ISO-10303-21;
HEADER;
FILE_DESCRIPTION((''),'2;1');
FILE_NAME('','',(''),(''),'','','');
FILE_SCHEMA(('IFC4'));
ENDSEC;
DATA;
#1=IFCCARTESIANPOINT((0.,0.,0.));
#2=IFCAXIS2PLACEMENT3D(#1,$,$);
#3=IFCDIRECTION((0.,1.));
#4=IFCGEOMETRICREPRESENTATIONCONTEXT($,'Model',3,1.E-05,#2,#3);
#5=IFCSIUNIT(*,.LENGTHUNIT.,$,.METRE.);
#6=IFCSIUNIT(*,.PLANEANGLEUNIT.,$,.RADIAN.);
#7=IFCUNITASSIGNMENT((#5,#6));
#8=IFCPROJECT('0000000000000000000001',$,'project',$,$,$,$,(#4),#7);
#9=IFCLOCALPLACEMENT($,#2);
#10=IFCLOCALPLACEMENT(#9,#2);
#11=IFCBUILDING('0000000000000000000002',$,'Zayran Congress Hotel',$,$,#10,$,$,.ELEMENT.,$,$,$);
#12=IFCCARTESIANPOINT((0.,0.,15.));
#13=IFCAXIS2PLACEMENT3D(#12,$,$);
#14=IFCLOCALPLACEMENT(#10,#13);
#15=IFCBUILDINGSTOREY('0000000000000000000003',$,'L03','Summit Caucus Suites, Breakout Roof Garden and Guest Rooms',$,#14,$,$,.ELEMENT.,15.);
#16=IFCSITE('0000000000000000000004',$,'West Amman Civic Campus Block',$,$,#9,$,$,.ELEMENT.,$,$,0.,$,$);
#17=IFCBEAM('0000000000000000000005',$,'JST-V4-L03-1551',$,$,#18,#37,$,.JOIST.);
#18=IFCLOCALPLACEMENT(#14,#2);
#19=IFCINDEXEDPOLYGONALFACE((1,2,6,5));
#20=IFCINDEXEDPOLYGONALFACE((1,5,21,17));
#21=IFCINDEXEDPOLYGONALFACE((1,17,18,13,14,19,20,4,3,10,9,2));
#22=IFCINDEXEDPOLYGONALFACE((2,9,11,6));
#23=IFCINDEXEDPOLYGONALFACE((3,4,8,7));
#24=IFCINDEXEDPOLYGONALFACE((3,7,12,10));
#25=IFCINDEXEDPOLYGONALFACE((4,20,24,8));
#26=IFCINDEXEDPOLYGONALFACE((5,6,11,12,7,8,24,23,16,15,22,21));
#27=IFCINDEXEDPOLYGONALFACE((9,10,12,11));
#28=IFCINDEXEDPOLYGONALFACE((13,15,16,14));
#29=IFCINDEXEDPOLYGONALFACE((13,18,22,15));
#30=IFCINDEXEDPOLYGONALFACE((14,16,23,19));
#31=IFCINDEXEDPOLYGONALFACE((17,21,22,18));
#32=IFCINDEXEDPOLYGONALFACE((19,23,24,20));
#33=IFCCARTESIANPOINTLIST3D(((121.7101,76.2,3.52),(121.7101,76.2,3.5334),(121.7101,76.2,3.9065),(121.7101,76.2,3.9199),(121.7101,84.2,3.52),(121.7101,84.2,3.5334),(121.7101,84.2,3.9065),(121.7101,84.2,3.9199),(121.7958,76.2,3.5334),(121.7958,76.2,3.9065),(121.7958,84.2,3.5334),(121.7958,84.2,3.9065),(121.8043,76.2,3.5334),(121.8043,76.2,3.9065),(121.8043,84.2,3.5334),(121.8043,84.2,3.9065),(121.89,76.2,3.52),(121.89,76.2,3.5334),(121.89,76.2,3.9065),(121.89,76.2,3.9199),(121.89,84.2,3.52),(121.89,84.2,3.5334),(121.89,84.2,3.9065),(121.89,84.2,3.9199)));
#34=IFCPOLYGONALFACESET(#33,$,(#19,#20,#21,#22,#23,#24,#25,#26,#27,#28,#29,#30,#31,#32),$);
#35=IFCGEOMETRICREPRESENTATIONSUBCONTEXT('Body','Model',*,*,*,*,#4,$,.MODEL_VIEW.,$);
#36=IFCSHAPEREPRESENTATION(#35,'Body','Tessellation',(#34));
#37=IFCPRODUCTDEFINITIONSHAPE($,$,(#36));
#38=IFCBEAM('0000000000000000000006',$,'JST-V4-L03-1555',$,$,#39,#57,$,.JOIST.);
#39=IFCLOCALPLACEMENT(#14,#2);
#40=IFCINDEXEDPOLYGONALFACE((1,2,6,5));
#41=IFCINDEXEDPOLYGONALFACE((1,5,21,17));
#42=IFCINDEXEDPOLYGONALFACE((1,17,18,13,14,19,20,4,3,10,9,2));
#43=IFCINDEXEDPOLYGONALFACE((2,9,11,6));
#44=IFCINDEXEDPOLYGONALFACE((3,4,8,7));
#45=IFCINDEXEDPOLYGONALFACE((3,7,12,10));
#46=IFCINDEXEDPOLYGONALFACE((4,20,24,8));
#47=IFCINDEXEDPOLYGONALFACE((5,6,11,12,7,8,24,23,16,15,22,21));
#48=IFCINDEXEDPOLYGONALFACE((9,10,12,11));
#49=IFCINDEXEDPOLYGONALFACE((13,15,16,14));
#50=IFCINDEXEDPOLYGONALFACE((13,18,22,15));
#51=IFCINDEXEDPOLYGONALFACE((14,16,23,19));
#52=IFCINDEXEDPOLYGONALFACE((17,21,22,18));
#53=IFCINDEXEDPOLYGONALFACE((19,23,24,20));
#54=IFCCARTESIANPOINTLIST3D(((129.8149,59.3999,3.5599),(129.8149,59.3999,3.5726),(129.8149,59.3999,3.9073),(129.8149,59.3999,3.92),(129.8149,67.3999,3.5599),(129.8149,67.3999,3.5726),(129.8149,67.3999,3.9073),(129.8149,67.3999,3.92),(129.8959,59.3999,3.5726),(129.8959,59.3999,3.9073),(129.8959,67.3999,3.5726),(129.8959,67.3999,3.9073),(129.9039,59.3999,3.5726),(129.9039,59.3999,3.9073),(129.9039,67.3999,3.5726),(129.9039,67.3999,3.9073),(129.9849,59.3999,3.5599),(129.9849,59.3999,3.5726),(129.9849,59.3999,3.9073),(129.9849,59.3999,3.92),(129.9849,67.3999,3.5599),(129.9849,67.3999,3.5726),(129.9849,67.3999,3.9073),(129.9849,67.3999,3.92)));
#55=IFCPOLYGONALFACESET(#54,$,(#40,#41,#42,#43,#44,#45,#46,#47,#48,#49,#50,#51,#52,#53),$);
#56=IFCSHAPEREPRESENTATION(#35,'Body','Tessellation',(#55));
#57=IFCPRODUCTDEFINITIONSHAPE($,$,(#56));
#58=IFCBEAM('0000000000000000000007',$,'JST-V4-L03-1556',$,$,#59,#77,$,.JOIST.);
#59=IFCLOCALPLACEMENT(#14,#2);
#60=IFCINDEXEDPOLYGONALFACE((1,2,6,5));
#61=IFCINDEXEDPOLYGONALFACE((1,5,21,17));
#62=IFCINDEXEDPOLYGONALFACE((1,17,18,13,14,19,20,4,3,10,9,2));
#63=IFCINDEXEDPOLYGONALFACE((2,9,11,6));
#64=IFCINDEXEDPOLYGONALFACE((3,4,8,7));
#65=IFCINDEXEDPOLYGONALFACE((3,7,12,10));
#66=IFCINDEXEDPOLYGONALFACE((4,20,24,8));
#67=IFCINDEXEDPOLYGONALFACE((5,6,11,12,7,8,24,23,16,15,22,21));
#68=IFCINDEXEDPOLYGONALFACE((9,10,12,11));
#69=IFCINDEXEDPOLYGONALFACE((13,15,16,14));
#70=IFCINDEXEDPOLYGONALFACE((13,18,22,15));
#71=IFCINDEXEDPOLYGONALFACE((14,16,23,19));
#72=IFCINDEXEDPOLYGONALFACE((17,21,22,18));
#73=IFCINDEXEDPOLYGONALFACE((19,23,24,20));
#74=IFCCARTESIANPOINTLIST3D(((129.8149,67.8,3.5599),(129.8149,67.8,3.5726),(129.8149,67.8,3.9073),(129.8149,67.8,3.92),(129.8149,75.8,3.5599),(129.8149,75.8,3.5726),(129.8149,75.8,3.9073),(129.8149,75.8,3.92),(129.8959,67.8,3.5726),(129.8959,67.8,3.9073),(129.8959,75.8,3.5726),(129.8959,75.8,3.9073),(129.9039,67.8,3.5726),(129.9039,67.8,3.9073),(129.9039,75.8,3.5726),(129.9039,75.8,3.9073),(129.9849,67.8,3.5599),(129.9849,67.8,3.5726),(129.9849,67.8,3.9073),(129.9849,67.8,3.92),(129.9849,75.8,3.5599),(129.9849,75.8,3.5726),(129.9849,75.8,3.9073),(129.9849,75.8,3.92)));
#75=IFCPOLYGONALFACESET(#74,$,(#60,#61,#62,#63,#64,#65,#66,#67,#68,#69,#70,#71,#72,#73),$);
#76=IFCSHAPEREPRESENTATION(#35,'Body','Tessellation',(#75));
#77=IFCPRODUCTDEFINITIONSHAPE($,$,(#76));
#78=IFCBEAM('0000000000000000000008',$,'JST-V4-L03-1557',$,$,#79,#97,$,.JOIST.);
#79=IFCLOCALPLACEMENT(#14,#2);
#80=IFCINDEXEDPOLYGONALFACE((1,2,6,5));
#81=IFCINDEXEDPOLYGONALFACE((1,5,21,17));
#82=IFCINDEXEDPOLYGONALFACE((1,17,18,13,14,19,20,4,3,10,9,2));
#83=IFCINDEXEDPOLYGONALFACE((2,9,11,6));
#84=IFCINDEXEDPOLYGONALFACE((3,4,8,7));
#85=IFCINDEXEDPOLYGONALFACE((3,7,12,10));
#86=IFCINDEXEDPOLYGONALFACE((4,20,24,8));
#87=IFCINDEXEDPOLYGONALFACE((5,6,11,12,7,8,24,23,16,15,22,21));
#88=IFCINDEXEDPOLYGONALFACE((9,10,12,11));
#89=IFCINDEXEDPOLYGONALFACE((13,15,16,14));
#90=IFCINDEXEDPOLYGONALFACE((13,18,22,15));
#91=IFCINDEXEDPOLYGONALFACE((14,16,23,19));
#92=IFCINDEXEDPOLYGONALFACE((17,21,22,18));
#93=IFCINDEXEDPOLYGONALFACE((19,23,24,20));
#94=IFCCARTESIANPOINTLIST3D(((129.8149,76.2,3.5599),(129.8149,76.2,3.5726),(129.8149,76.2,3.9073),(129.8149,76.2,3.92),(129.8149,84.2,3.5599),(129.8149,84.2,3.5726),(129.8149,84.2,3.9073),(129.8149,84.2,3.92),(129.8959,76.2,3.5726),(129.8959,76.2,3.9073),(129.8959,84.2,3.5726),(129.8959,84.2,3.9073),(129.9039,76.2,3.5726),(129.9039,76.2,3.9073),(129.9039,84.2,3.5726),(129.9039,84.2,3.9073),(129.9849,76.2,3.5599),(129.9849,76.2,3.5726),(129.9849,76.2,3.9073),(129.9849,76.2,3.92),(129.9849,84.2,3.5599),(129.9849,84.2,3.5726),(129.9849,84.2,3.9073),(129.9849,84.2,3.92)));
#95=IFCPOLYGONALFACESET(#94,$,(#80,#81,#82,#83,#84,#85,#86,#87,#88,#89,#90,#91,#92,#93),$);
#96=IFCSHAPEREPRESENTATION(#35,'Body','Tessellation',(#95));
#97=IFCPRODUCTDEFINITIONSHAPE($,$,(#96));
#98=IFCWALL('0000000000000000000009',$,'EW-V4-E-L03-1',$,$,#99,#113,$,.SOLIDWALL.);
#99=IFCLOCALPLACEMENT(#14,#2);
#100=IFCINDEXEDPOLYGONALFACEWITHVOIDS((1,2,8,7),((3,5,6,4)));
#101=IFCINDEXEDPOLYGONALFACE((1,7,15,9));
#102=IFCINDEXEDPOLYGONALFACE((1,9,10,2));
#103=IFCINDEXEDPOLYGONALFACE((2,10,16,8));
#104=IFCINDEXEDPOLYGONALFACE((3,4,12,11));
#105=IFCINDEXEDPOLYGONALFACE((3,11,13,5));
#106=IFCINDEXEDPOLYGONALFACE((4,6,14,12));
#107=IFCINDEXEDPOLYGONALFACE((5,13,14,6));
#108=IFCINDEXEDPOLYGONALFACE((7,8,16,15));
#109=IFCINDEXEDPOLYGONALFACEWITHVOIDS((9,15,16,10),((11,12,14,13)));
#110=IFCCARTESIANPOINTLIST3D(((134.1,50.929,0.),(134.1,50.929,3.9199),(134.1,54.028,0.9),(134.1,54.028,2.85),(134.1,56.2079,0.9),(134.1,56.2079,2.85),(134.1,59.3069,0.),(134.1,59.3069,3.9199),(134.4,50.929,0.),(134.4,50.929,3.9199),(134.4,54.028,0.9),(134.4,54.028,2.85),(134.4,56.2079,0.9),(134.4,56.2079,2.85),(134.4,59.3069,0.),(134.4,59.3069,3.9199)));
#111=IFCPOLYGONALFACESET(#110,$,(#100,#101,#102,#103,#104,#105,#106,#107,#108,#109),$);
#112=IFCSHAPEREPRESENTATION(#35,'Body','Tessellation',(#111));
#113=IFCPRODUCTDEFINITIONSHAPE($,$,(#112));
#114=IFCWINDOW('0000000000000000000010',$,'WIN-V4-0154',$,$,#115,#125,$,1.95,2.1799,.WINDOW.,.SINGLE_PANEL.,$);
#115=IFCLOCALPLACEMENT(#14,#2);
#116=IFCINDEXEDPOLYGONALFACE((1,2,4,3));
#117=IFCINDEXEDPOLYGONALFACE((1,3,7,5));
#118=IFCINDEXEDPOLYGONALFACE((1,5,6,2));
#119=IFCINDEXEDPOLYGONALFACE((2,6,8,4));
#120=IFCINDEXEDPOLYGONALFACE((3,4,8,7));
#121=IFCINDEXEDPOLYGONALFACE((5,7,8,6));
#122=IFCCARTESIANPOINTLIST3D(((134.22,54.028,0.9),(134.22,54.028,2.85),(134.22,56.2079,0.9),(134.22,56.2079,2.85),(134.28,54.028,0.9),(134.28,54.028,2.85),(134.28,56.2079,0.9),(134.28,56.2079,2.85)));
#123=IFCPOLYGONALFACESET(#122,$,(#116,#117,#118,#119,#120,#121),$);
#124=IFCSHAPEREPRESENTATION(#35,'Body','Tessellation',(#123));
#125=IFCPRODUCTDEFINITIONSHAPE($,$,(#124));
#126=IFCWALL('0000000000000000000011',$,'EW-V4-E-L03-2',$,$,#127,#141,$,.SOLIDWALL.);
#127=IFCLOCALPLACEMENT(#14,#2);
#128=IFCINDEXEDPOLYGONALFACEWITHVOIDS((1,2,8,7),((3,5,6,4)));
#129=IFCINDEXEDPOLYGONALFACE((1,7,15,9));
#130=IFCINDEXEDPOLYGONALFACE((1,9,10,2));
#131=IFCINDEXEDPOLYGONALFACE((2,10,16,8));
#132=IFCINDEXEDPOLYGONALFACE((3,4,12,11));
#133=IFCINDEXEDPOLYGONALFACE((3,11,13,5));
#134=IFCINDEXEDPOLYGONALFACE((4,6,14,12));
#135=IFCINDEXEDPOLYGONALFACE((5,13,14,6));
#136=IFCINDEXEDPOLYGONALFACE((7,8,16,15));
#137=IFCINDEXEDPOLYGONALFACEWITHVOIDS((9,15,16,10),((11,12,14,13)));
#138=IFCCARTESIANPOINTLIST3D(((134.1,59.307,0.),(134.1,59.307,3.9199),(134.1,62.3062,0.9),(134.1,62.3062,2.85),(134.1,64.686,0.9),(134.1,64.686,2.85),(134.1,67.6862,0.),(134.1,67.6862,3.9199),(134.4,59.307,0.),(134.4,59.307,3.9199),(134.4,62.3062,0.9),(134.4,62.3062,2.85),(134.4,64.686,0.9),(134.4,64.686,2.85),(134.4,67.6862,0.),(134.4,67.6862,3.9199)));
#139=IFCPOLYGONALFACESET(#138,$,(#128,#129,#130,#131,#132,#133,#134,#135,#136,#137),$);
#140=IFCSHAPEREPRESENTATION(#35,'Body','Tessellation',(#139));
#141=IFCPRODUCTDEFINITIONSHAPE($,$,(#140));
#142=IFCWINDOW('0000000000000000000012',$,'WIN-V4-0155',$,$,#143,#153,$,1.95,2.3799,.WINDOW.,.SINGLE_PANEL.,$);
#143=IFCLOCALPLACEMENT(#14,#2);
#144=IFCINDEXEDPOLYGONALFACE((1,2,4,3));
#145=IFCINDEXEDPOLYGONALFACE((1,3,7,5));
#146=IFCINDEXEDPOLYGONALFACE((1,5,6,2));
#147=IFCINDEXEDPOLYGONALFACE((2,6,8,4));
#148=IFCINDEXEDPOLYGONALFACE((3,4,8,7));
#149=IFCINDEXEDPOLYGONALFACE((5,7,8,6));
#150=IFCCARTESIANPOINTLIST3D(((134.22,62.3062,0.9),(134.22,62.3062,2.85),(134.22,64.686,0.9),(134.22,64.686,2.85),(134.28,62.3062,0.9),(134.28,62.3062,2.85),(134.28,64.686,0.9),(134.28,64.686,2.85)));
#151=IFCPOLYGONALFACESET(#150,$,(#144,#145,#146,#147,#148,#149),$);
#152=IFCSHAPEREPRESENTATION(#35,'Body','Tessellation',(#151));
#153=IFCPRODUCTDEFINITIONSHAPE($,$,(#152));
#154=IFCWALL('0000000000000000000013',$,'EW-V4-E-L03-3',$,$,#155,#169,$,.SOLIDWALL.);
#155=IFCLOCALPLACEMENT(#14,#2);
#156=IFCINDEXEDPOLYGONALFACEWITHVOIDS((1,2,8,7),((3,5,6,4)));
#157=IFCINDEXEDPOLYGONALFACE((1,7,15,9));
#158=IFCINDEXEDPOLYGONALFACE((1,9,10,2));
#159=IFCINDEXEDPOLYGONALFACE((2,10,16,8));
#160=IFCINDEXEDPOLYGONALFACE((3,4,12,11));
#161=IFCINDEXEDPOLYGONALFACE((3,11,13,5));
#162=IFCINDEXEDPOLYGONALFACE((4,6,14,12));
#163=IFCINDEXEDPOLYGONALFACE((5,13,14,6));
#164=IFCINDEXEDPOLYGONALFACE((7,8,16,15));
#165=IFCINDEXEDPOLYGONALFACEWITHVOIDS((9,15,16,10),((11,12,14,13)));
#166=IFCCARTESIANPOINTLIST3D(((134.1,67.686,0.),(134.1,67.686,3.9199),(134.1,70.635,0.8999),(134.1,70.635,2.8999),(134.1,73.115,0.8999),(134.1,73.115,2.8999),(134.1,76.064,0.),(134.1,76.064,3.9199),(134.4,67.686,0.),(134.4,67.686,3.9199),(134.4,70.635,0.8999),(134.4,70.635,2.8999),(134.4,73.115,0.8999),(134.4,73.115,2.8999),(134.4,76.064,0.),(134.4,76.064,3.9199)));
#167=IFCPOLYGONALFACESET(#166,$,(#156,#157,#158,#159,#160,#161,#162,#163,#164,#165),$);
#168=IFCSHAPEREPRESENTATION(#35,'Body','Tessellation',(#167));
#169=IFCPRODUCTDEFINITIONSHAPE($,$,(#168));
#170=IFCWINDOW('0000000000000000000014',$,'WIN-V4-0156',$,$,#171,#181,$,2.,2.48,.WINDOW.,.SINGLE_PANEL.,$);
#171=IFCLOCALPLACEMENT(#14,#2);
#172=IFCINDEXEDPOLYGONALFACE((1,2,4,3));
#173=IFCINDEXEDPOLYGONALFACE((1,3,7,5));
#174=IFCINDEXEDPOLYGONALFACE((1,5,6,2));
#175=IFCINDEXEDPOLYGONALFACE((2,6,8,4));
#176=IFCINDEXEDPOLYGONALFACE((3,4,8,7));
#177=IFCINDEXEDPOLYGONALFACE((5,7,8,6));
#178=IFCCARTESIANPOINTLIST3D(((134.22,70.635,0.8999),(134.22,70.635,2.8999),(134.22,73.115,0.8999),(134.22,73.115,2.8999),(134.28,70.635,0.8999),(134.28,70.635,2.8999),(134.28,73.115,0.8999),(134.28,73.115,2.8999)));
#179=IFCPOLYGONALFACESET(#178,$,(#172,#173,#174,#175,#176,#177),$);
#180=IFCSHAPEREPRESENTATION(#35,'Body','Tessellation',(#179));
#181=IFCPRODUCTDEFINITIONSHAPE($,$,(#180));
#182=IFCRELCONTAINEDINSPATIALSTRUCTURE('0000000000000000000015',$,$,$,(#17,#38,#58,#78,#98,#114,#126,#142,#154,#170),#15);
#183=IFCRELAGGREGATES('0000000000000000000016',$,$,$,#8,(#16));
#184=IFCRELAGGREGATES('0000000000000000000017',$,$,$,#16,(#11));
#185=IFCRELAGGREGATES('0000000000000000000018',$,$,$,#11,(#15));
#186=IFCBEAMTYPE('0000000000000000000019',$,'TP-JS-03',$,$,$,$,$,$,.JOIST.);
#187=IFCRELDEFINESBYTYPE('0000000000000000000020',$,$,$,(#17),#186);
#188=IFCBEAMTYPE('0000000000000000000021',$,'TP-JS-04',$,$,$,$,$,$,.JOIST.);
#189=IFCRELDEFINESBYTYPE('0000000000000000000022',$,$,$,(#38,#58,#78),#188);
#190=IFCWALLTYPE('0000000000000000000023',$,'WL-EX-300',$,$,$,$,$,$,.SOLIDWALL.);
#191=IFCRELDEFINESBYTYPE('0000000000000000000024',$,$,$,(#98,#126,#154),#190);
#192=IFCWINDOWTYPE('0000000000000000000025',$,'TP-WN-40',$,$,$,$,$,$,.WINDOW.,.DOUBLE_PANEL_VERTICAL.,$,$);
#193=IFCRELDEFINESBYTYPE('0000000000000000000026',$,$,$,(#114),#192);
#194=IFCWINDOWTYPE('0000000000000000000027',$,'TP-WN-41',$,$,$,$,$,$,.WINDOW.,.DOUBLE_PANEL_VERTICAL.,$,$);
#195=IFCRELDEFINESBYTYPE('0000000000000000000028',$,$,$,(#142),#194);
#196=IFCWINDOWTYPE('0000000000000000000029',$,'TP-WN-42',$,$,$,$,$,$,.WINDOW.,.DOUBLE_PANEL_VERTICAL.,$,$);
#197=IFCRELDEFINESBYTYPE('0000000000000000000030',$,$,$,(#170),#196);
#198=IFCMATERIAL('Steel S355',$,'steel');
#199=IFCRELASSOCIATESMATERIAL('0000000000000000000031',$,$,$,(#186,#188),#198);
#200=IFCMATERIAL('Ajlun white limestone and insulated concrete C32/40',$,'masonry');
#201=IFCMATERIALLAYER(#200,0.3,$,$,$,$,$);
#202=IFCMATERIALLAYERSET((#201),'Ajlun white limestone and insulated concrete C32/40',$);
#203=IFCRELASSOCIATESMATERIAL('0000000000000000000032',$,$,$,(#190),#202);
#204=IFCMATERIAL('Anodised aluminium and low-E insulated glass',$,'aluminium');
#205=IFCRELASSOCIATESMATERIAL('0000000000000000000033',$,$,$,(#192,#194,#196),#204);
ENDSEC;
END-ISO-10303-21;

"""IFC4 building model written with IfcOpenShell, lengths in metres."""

from ifc_helpers import new_model, si_unit, direction, frame, frame_2d, origin, origin_2d, place, context, subcontext, project, spatial, rectangle, i_section, extrude, material, layer, layer_set, material_profile, profile_set, type_object, element, fill, save


model = new_model("IFC4")

# Units and contexts
model_context = context("Model", 3, precision=1e-05, world=origin(), true_north=direction((0.0, 1.0)))
body_context = subcontext(model_context, "Body", "Model", "MODEL_VIEW")
ifc_project = project(units=[si_unit("LENGTHUNIT", "METRE"), si_unit("PLANEANGLEUNIT", "RADIAN")], contexts=[model_context])

# Site, building, storey
site_placement = place(None, origin())
site = spatial("IfcSite", under=ifc_project, at=site_placement, Name="West Amman Civic Campus Block", CompositionType="ELEMENT", RefElevation=0.0)
building_placement = place(site_placement, origin())
building = spatial("IfcBuilding", under=site, at=building_placement, Name="Zayran Congress Hotel", CompositionType="ELEMENT")
storey_placement = place(building_placement, frame((0.0, 0.0, 15.0)))
storey = spatial("IfcBuildingStorey", under=building, at=storey_placement, Name="L03", Description="Summit Caucus Suites, Breakout Roof Garden and Guest Rooms", CompositionType="ELEMENT", Elevation=15.0)

# Beams
ifc_material_1 = material(Name="Steel S355", Category="steel")
ifc_material_profile_1 = material_profile(ifc_material_1, i_section(OverallWidth=0.1799, OverallDepth=0.3999, WebThickness=0.0085, FlangeThickness=0.0134, at=origin_2d()), Name="IPE 400")
ifc_profile_set_1 = profile_set([ifc_material_profile_1], Name="Steel S355")
beam_type_1 = type_object("IfcBeamType", Name="TP-JS-03", PredefinedType="JOIST", material=ifc_profile_set_1)
for number, where, z_axis, x_axis, name in (
    (1, (121.8, 76.2, 3.72), (0.0, 1.0, 0.0), (-1.0, 0.0, 0.0), "JST-V4-L03-1551"),
):
    element("IfcBeam", number, at=place(storey_placement, frame(where, z_axis=z_axis, x_axis=x_axis)), inside=storey, type_object=beam_type_1, Name=name, PredefinedType="JOIST", context=body_context, shape_type="SweptSolid", body=[
        extrude(i_section(OverallWidth=0.1799, OverallDepth=0.3999, WebThickness=0.0085, FlangeThickness=0.0134, at=origin_2d()), origin(), (0.0, 0.0, 1.0), 8.0),
    ])
ifc_material_profile_2 = material_profile(ifc_material_1, i_section(OverallWidth=0.1699, OverallDepth=0.3601, WebThickness=0.0081, FlangeThickness=0.0127, at=origin_2d()), Name="IPE 360")
ifc_profile_set_2 = profile_set([ifc_material_profile_2], Name="Steel S355")
beam_type_2 = type_object("IfcBeamType", Name="TP-JS-04", PredefinedType="JOIST", material=ifc_profile_set_2)
for number, where, z_axis, x_axis, name in (
    (2, (129.8999, 59.3999, 3.74), (0.0, 1.0, 0.0), (-1.0, 0.0, 0.0), "JST-V4-L03-1555"),
    (3, (129.8999, 67.8, 3.74), (0.0, 1.0, 0.0), (-1.0, 0.0, 0.0), "JST-V4-L03-1556"),
    (4, (129.8999, 76.2, 3.74), (0.0, 1.0, 0.0), (-1.0, 0.0, 0.0), "JST-V4-L03-1557"),
):
    element("IfcBeam", number, at=place(storey_placement, frame(where, z_axis=z_axis, x_axis=x_axis)), inside=storey, type_object=beam_type_2, Name=name, PredefinedType="JOIST", context=body_context, shape_type="SweptSolid", body=[
        extrude(i_section(OverallWidth=0.1699, OverallDepth=0.3601, WebThickness=0.0081, FlangeThickness=0.0127, at=origin_2d()), origin(), (0.0, 0.0, 1.0), 8.0),
    ])

# Walls, openings, windows
ifc_material_2 = material(Name="Ajlun white limestone and insulated concrete C32/40", Category="masonry")
ifc_layer_1 = layer(ifc_material_2, 0.3)
ifc_layer_set_1 = layer_set([ifc_layer_1], Name="Ajlun white limestone and insulated concrete C32/40")
wall_type_1 = type_object("IfcWallType", Name="WL-EX-300", PredefinedType="SOLIDWALL", material=ifc_layer_set_1)
wall_1_placement = place(storey_placement, frame((134.25, 59.3069, 0.0), z_axis=(0.0, 0.0, 1.0), x_axis=(0.0, -1.0, 0.0)))
wall_1 = element("IfcWall", 5, at=wall_1_placement, inside=storey, type_object=wall_type_1, Name="EW-V4-E-L03-1", PredefinedType="SOLIDWALL", context=body_context, shape_type="SweptSolid", body=[
    extrude(rectangle(XDim=8.3779, YDim=0.3, at=frame_2d((4.189, 0.0))), origin(), (0.0, 0.0, 1.0), 3.9199),
])
opening_1_placement = place(wall_1_placement, frame((3.0991, 0.0, 0.8999)))
opening_1 = element("IfcOpeningElement", 6, at=opening_1_placement, cuts=wall_1, PredefinedType="OPENING", context=body_context, shape_type="SweptSolid", body=[
    extrude(rectangle(XDim=2.1799, YDim=1.95, at=frame_2d((1.0898, 0.9751))), frame((0.0, 0.1599, 0.0), z_axis=(0.0, -1.0, 0.0), x_axis=(1.0, 0.0, 0.0)), (0.0, 0.0, 1.0), 0.3201),
])
ifc_material_3 = material(Name="Anodised aluminium and low-E insulated glass", Category="aluminium")
window_type_1 = type_object("IfcWindowType", Name="TP-WN-40", PartitioningType="DOUBLE_PANEL_VERTICAL", PredefinedType="WINDOW", material=ifc_material_3)
window_1_placement = place(opening_1_placement, origin())
window_1 = element("IfcWindow", 7, at=window_1_placement, inside=storey, type_object=window_type_1, Name="WIN-V4-0154", OverallHeight=1.95, OverallWidth=2.1799, PartitioningType="SINGLE_PANEL", PredefinedType="WINDOW", context=body_context, shape_type="SweptSolid", body=[
    extrude(rectangle(XDim=2.1799, YDim=1.95, at=frame_2d((1.0898, 0.9751))), frame((0.0, 0.03, 0.0), z_axis=(0.0, -1.0, 0.0), x_axis=(1.0, 0.0, 0.0)), (0.0, 0.0, 1.0), 0.0601),
])
fill(opening_1, window_1)
wall_2_placement = place(storey_placement, frame((134.25, 67.686, 0.0), z_axis=(0.0, 0.0, 1.0), x_axis=(0.0, -1.0, 0.0)))
wall_2 = element("IfcWall", 8, at=wall_2_placement, inside=storey, type_object=wall_type_1, Name="EW-V4-E-L03-2", PredefinedType="SOLIDWALL", context=body_context, shape_type="SweptSolid", body=[
    extrude(rectangle(XDim=8.3792, YDim=0.3, at=frame_2d((4.1895, 0.0))), origin(), (0.0, 0.0, 1.0), 3.9199),
])
opening_2_placement = place(wall_2_placement, frame((3.0, 0.0, 0.8999)))
opening_2 = element("IfcOpeningElement", 9, at=opening_2_placement, cuts=wall_2, PredefinedType="OPENING", context=body_context, shape_type="SweptSolid", body=[
    extrude(rectangle(XDim=2.3799, YDim=1.95, at=frame_2d((1.1899, 0.9751))), frame((0.0, 0.1599, 0.0), z_axis=(0.0, -1.0, 0.0), x_axis=(1.0, 0.0, 0.0)), (0.0, 0.0, 1.0), 0.3201),
])
window_type_2 = type_object("IfcWindowType", Name="TP-WN-41", PartitioningType="DOUBLE_PANEL_VERTICAL", PredefinedType="WINDOW", material=ifc_material_3)
window_2_placement = place(opening_2_placement, origin())
window_2 = element("IfcWindow", 10, at=window_2_placement, inside=storey, type_object=window_type_2, Name="WIN-V4-0155", OverallHeight=1.95, OverallWidth=2.3799, PartitioningType="SINGLE_PANEL", PredefinedType="WINDOW", context=body_context, shape_type="SweptSolid", body=[
    extrude(rectangle(XDim=2.3799, YDim=1.95, at=frame_2d((1.1899, 0.9751))), frame((0.0, 0.03, 0.0), z_axis=(0.0, -1.0, 0.0), x_axis=(1.0, 0.0, 0.0)), (0.0, 0.0, 1.0), 0.0601),
])
fill(opening_2, window_2)
wall_3_placement = place(storey_placement, frame((134.25, 76.064, 0.0), z_axis=(0.0, 0.0, 1.0), x_axis=(0.0, -1.0, 0.0)))
wall_3 = element("IfcWall", 11, at=wall_3_placement, inside=storey, type_object=wall_type_1, Name="EW-V4-E-L03-3", PredefinedType="SOLIDWALL", context=body_context, shape_type="SweptSolid", body=[
    extrude(rectangle(XDim=8.3779, YDim=0.3, at=frame_2d((4.189, 0.0))), origin(), (0.0, 0.0, 1.0), 3.9199),
])
opening_3_placement = place(wall_3_placement, frame((2.949, 0.0, 0.8999)))
opening_3 = element("IfcOpeningElement", 12, at=opening_3_placement, cuts=wall_3, PredefinedType="OPENING", context=body_context, shape_type="SweptSolid", body=[
    extrude(rectangle(XDim=2.48, YDim=2.0, at=frame_2d((1.24, 1.0))), frame((0.0, 0.1599, 0.0), z_axis=(0.0, -1.0, 0.0), x_axis=(1.0, 0.0, 0.0)), (0.0, 0.0, 1.0), 0.3201),
])
window_type_3 = type_object("IfcWindowType", Name="TP-WN-42", PartitioningType="DOUBLE_PANEL_VERTICAL", PredefinedType="WINDOW", material=ifc_material_3)
window_3_placement = place(opening_3_placement, origin())
window_3 = element("IfcWindow", 13, at=window_3_placement, inside=storey, type_object=window_type_3, Name="WIN-V4-0156", OverallHeight=2.0, OverallWidth=2.48, PartitioningType="SINGLE_PANEL", PredefinedType="WINDOW", context=body_context, shape_type="SweptSolid", body=[
    extrude(rectangle(XDim=2.48, YDim=2.0, at=frame_2d((1.24, 1.0))), frame((0.0, 0.03, 0.0), z_axis=(0.0, -1.0, 0.0), x_axis=(1.0, 0.0, 0.0)), (0.0, 0.0, 1.0), 0.0601),
])
fill(opening_3, window_3)

save(model, "model.ifc")
